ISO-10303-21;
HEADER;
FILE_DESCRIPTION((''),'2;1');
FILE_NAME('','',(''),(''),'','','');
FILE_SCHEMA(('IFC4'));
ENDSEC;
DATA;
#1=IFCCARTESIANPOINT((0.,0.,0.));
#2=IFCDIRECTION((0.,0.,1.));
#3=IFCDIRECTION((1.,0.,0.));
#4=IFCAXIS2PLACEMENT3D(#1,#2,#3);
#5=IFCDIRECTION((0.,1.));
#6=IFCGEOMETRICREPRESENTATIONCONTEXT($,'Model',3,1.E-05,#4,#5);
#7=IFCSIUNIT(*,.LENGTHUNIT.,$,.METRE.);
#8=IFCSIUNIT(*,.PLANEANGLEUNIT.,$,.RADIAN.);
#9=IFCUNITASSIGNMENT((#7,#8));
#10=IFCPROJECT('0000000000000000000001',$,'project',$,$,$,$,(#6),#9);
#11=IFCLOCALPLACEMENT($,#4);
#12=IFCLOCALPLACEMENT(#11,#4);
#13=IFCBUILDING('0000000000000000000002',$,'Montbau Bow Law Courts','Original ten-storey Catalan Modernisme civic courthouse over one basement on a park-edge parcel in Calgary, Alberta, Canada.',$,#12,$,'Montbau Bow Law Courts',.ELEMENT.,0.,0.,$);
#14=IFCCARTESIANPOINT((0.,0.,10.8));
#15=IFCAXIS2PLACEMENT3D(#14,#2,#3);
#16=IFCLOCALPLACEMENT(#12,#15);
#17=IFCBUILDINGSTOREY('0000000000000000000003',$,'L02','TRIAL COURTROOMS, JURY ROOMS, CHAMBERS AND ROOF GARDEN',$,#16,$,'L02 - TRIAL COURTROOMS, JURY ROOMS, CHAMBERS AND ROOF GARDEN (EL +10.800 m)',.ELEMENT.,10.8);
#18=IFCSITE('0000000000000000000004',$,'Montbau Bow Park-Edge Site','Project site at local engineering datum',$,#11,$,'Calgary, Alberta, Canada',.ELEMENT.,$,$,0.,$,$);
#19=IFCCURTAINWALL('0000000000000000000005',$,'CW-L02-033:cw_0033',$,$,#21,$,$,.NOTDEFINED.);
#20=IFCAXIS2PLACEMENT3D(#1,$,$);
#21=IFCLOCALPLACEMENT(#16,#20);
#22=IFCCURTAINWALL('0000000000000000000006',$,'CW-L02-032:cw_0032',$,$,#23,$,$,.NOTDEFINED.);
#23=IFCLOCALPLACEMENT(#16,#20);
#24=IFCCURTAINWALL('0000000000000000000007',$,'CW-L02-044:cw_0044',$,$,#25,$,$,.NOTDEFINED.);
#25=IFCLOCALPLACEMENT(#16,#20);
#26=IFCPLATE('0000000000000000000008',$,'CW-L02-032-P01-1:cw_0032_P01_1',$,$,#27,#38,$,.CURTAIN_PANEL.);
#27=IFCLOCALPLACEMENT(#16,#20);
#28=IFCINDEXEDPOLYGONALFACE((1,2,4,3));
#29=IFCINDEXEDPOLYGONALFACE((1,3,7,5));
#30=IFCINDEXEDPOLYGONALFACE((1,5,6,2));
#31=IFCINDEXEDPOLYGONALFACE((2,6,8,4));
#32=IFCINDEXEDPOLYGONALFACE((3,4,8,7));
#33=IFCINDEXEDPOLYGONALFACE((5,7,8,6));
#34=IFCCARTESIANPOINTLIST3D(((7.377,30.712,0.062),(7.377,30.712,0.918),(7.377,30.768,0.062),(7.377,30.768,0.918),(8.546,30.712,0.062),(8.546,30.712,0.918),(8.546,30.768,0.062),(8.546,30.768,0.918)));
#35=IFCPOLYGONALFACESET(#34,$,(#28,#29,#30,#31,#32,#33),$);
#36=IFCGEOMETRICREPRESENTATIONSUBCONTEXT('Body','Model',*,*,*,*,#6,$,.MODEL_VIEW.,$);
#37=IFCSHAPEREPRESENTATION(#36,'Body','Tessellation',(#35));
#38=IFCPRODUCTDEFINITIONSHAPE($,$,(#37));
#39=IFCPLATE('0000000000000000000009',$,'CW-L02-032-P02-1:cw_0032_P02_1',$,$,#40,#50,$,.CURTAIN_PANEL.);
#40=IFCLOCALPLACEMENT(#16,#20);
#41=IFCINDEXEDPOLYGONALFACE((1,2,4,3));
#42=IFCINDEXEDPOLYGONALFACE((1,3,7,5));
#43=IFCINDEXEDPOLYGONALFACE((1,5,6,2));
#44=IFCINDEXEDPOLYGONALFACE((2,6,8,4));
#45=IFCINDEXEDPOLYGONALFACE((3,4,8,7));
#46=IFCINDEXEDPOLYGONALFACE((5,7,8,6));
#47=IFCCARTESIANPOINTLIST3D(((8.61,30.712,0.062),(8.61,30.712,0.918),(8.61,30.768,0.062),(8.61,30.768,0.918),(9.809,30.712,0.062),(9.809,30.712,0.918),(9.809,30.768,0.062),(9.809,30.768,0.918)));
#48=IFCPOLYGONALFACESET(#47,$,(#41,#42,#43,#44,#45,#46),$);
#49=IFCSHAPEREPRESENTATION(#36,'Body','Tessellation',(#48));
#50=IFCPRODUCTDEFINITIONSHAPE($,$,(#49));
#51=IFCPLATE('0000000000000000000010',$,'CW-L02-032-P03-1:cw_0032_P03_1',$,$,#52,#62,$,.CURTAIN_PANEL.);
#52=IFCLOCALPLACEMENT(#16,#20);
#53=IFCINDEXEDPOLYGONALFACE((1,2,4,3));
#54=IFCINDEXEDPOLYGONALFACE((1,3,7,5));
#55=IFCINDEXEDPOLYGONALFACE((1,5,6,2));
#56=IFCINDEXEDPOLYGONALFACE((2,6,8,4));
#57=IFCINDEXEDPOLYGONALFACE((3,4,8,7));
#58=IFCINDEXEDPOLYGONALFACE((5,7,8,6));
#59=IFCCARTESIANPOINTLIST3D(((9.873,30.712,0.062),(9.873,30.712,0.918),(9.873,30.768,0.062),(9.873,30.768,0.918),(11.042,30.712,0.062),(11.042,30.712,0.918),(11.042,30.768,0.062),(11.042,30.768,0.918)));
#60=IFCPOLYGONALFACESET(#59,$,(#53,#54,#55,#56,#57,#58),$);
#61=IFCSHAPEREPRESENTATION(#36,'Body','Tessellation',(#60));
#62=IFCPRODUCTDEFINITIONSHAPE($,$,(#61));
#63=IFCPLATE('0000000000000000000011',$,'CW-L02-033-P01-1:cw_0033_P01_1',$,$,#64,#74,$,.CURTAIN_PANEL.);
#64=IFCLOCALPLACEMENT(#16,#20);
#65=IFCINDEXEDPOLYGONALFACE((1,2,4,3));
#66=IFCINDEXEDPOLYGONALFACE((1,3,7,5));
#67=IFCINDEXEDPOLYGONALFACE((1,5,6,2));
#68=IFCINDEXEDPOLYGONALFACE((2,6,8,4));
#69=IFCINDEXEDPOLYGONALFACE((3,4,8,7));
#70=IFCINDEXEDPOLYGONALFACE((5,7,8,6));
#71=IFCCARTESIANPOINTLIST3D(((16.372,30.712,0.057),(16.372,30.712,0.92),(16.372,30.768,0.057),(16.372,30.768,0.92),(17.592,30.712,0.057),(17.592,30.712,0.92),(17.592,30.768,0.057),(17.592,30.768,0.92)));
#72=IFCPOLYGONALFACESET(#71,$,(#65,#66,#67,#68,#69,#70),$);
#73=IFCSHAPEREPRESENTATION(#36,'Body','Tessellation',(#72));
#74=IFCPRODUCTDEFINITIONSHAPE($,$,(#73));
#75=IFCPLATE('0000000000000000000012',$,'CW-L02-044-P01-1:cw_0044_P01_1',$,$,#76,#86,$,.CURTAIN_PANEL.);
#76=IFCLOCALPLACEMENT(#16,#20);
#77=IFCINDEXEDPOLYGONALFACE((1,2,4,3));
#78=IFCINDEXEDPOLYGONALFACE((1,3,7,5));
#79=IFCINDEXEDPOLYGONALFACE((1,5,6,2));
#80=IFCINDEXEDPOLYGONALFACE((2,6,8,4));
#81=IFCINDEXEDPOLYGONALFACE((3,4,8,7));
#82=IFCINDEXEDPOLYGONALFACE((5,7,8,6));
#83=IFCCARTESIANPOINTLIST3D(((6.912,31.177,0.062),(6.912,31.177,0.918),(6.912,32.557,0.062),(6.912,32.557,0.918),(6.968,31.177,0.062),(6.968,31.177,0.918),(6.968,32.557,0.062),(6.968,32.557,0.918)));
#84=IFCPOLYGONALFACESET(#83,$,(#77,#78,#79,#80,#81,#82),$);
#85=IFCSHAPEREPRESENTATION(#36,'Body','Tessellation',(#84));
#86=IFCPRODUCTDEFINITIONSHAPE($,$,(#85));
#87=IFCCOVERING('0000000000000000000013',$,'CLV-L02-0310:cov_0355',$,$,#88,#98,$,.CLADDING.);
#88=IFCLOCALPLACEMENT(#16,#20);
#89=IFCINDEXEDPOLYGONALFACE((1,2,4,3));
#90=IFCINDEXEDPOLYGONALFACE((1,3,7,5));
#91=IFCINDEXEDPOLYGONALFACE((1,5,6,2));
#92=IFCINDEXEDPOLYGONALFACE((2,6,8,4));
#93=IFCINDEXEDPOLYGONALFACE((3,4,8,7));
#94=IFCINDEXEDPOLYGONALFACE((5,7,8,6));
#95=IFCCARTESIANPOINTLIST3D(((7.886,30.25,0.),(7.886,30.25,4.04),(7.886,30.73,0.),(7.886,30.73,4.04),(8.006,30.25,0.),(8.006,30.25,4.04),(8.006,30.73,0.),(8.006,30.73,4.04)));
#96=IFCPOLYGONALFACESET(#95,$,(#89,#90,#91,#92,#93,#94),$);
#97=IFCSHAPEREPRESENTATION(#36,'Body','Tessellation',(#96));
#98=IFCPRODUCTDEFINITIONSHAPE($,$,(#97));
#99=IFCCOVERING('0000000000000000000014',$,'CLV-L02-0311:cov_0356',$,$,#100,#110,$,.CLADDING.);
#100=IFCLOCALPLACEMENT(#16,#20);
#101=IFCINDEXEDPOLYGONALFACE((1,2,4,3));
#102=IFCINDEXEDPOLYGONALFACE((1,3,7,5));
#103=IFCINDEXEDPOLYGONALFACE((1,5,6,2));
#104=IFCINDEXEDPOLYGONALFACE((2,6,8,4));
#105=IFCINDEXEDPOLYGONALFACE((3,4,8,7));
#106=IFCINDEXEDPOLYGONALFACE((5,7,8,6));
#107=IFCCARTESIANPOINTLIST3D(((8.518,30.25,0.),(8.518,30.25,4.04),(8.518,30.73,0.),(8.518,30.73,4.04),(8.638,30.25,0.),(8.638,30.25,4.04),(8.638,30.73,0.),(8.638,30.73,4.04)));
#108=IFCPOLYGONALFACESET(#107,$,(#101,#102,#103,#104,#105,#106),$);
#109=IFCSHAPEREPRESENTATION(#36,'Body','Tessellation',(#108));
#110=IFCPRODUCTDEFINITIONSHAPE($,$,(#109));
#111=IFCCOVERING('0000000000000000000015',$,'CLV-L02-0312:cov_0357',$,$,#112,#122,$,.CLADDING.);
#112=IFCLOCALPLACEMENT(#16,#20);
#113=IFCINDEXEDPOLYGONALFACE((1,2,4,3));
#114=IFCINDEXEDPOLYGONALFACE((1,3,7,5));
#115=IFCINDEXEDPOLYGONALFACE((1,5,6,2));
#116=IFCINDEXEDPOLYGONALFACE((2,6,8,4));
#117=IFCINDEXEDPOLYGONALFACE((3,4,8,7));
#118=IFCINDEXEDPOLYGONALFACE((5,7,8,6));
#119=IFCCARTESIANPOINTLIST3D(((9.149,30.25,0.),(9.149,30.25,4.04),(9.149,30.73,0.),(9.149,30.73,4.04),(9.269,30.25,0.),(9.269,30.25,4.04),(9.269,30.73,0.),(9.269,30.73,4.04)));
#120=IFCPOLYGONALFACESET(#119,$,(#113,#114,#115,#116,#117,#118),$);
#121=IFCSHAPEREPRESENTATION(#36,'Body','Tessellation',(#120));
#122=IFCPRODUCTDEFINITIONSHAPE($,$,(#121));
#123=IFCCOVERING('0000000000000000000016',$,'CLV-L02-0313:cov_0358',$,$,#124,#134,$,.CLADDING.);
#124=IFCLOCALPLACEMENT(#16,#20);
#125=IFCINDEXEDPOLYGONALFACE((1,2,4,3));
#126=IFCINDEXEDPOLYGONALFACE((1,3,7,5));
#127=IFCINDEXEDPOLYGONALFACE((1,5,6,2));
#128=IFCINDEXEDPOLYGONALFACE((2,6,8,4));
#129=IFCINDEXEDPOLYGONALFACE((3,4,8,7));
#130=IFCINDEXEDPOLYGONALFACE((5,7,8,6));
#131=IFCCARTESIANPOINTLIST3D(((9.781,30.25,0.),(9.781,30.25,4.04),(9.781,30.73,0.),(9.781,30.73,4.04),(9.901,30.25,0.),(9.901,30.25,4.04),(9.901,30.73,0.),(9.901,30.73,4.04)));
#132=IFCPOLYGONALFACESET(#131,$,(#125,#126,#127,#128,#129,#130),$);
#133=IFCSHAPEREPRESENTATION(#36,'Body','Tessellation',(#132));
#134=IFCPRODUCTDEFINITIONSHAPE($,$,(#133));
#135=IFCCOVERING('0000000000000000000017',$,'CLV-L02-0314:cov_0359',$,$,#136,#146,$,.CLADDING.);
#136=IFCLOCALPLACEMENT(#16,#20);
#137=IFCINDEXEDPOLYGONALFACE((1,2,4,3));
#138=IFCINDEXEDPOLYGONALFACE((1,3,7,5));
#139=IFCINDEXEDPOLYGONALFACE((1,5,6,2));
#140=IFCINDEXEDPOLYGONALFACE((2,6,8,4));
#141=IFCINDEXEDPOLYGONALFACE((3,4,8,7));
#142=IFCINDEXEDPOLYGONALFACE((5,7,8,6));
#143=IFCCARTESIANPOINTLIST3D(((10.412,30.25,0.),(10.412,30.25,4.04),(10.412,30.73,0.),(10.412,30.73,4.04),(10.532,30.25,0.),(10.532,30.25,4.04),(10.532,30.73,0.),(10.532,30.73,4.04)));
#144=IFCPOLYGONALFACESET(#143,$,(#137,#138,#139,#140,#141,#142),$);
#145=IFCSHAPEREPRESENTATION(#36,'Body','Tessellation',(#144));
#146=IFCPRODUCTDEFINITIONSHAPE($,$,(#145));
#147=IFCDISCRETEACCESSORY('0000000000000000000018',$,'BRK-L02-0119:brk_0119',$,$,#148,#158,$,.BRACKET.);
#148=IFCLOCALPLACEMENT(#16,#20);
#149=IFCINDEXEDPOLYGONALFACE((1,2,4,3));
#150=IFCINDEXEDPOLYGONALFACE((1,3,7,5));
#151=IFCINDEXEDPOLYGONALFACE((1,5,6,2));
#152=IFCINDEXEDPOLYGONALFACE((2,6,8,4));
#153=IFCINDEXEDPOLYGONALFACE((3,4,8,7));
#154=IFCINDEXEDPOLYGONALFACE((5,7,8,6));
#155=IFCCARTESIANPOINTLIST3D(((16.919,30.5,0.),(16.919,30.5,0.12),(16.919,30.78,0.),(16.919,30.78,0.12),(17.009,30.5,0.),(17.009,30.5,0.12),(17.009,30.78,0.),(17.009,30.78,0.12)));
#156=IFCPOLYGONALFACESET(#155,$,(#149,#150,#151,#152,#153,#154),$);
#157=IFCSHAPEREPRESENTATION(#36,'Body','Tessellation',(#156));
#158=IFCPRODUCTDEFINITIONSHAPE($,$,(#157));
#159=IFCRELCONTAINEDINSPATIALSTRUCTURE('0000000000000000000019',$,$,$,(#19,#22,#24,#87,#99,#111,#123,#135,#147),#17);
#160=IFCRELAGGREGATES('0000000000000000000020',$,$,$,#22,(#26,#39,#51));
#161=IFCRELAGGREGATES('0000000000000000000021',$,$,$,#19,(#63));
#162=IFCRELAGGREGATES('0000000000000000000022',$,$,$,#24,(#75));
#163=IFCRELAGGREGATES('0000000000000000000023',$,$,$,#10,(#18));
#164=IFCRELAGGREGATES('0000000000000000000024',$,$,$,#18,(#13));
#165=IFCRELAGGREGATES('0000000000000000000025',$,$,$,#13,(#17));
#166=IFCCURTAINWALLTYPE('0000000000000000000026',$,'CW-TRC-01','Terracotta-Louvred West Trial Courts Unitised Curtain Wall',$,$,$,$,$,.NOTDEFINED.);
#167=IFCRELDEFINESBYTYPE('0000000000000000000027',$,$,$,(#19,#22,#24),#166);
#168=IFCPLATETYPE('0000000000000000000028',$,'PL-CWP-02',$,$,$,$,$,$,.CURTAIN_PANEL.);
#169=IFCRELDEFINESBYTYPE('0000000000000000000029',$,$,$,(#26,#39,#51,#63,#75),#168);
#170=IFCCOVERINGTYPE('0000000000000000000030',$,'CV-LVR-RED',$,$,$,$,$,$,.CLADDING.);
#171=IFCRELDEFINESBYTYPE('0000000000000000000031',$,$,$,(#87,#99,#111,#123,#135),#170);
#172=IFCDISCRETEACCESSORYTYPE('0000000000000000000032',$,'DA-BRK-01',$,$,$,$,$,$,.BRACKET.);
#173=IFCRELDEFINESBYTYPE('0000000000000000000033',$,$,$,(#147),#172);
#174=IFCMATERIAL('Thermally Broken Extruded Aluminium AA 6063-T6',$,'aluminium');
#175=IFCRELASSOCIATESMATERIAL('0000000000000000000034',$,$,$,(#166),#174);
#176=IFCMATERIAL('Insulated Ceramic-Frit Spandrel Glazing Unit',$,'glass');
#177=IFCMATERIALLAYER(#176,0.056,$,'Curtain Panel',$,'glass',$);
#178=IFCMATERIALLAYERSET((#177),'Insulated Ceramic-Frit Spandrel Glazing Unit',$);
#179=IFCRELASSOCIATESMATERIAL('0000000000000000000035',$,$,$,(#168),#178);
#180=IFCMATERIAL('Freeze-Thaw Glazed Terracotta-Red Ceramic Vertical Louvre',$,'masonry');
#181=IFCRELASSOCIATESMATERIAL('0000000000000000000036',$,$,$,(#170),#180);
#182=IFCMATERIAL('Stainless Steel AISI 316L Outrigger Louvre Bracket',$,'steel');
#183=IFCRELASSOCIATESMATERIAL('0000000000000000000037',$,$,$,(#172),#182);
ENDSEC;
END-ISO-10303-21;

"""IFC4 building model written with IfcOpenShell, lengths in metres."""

from ifc_helpers import new_model, si_unit, direction, frame, frame_2d, origin_with_axes, origin_2d_with_axis, place, context, subcontext, project, spatial, rectangle, extrude, material, layer, layer_set, type_object, element, aggregate, save


model = new_model("IFC4")

# Units and contexts
model_context = context("Model", 3, precision=1e-05, world=origin_with_axes(), true_north=direction((0.0, 1.0)))
body_context = subcontext(model_context, "Body", "Model", "MODEL_VIEW")
ifc_project = project(units=[si_unit("LENGTHUNIT", "METRE"), si_unit("PLANEANGLEUNIT", "RADIAN")], contexts=[model_context])

# Site, building, storey
site_placement = place(None, origin_with_axes())
site = spatial("IfcSite", under=ifc_project, at=site_placement, Name="Montbau Bow Park-Edge Site", Description="Project site at local engineering datum", LongName="Calgary, Alberta, Canada", CompositionType="ELEMENT", RefElevation=0.0)
building_placement = place(site_placement, origin_with_axes())
building = spatial("IfcBuilding", under=site, at=building_placement, Name="Montbau Bow Law Courts", Description="Original ten-storey Catalan Modernisme civic courthouse over one basement on a park-edge parcel in Calgary, Alberta, Canada.", LongName="Montbau Bow Law Courts", CompositionType="ELEMENT", ElevationOfRefHeight=0.0, ElevationOfTerrain=0.0)
storey_placement = place(building_placement, frame((0.0, 0.0, 10.8), z_axis=(0.0, 0.0, 1.0), x_axis=(1.0, 0.0, 0.0)))
storey = spatial("IfcBuildingStorey", under=building, at=storey_placement, Name="L02", Description="TRIAL COURTROOMS, JURY ROOMS, CHAMBERS AND ROOF GARDEN", LongName="L02 - TRIAL COURTROOMS, JURY ROOMS, CHAMBERS AND ROOF GARDEN (EL +10.800 m)", CompositionType="ELEMENT", Elevation=10.8)

# Curtain wall
ifc_material_1 = material(Name="Thermally Broken Extruded Aluminium AA 6063-T6", Category="aluminium")
curtain_wall_type = type_object("IfcCurtainWallType", Name="CW-TRC-01", Description="Terracotta-Louvred West Trial Courts Unitised Curtain Wall", PredefinedType="NOTDEFINED", material=ifc_material_1)
curtain_wall_1_placement = place(None, frame((16.296, 30.74, 10.8), z_axis=(0.0, 0.0, 1.0), x_axis=(1.0, 0.0, 0.0)))
curtain_wall_1 = element("IfcCurtainWall", 1, at=curtain_wall_1_placement, inside=storey, type_object=curtain_wall_type, Name="CW-L02-033:cw_0033", PredefinedType="NOTDEFINED")

# Curtain wall
curtain_wall_2_placement = place(None, frame((7.315, 30.74, 10.8), z_axis=(0.0, 0.0, 1.0), x_axis=(1.0, 0.0, 0.0)))
curtain_wall_2 = element("IfcCurtainWall", 2, at=curtain_wall_2_placement, inside=storey, type_object=curtain_wall_type, Name="CW-L02-032:cw_0032", PredefinedType="NOTDEFINED")

# Curtain wall
curtain_wall_3_placement = place(None, frame((6.94, 31.115, 10.8), z_axis=(0.0, 0.0, 1.0), x_axis=(1.0, 0.0, 0.0)))
curtain_wall_3 = element("IfcCurtainWall", 3, at=curtain_wall_3_placement, inside=storey, type_object=curtain_wall_type, Name="CW-L02-044:cw_0044", PredefinedType="NOTDEFINED")

# Plates
ifc_material_2 = material(Name="Insulated Ceramic-Frit Spandrel Glazing Unit", Category="glass")
ifc_layer_1 = layer(ifc_material_2, 0.056, Name="Curtain Panel", Category="glass")
ifc_layer_set_1 = layer_set([ifc_layer_1], Name="Insulated Ceramic-Frit Spandrel Glazing Unit")
plate_type_1 = type_object("IfcPlateType", Name="PL-CWP-02", PredefinedType="CURTAIN_PANEL", material=ifc_layer_set_1)
plate_1_placement = place(None, frame((7.377, 30.74, 10.862), z_axis=(0.0, -1.0, 0.0), x_axis=(1.0, 0.0, 0.0)))
plate_1 = element("IfcPlate", 4, at=plate_1_placement, type_object=plate_type_1, Name="CW-L02-032-P01-1:cw_0032_P01_1", PredefinedType="CURTAIN_PANEL", context=body_context, shape_type="SweptSolid", body=[
    extrude(rectangle(XDim=1.169, YDim=0.856, at=frame_2d((0.5845, 0.428), x_axis=(1.0, 0.0))), frame((0.0, 0.0, -0.028), z_axis=(0.0, 0.0, 1.0), x_axis=(1.0, 0.0, 0.0)), (0.0, 0.0, 1.0), 0.056),
])
plate_2_placement = place(None, frame((8.61, 30.74, 10.862), z_axis=(0.0, -1.0, 0.0), x_axis=(1.0, 0.0, 0.0)))
plate_2 = element("IfcPlate", 5, at=plate_2_placement, type_object=plate_type_1, Name="CW-L02-032-P02-1:cw_0032_P02_1", PredefinedType="CURTAIN_PANEL", context=body_context, shape_type="SweptSolid", body=[
    extrude(rectangle(XDim=1.199, YDim=0.856, at=frame_2d((0.5995, 0.428), x_axis=(1.0, 0.0))), frame((0.0, 0.0, -0.028), z_axis=(0.0, 0.0, 1.0), x_axis=(1.0, 0.0, 0.0)), (0.0, 0.0, 1.0), 0.056),
])
plate_3_placement = place(None, frame((9.873, 30.74, 10.862), z_axis=(0.0, -1.0, 0.0), x_axis=(1.0, 0.0, 0.0)))
plate_3 = element("IfcPlate", 6, at=plate_3_placement, type_object=plate_type_1, Name="CW-L02-032-P03-1:cw_0032_P03_1", PredefinedType="CURTAIN_PANEL", context=body_context, shape_type="SweptSolid", body=[
    extrude(rectangle(XDim=1.169, YDim=0.856, at=frame_2d((0.5845, 0.428), x_axis=(1.0, 0.0))), frame((0.0, 0.0, -0.028), z_axis=(0.0, 0.0, 1.0), x_axis=(1.0, 0.0, 0.0)), (0.0, 0.0, 1.0), 0.056),
])
aggregate(curtain_wall_2, [plate_1, plate_2, plate_3])
plate_4_placement = place(None, frame((16.372, 30.74, 10.857), z_axis=(0.0, -1.0, 0.0), x_axis=(1.0, 0.0, 0.0)))
plate_4 = element("IfcPlate", 7, at=plate_4_placement, type_object=plate_type_1, Name="CW-L02-033-P01-1:cw_0033_P01_1", PredefinedType="CURTAIN_PANEL", context=body_context, shape_type="SweptSolid", body=[
    extrude(rectangle(XDim=1.22, YDim=0.863, at=frame_2d((0.61, 0.4315), x_axis=(1.0, 0.0))), frame((0.0, 0.0, -0.028), z_axis=(0.0, 0.0, 1.0), x_axis=(1.0, 0.0, 0.0)), (0.0, 0.0, 1.0), 0.056),
])
aggregate(curtain_wall_1, [plate_4])
plate_5_placement = place(None, frame((6.94, 31.177, 10.862), z_axis=(1.0, 0.0, 0.0), x_axis=(0.0, 1.0, 0.0)))
plate_5 = element("IfcPlate", 8, at=plate_5_placement, type_object=plate_type_1, Name="CW-L02-044-P01-1:cw_0044_P01_1", PredefinedType="CURTAIN_PANEL", context=body_context, shape_type="SweptSolid", body=[
    extrude(rectangle(XDim=1.38, YDim=0.856, at=frame_2d((0.69, 0.428), x_axis=(1.0, 0.0))), frame((0.0, 0.0, -0.028), z_axis=(0.0, 0.0, 1.0), x_axis=(1.0, 0.0, 0.0)), (0.0, 0.0, 1.0), 0.056),
])
aggregate(curtain_wall_3, [plate_5])

# Coverings
ifc_material_3 = material(Name="Freeze-Thaw Glazed Terracotta-Red Ceramic Vertical Louvre", Category="masonry")
covering_type = type_object("IfcCoveringType", Name="CV-LVR-RED", PredefinedType="CLADDING", material=ifc_material_3)
for number, where, z_axis, x_axis, name in (
    (9, (7.946, 30.73, 10.8), (-1.0, 0.0, 0.0), (0.0, -1.0, 0.0), "CLV-L02-0310:cov_0355"),
    (10, (8.578, 30.73, 10.8), (-1.0, 0.0, 0.0), (0.0, -1.0, 0.0), "CLV-L02-0311:cov_0356"),
    (11, (9.209, 30.73, 10.8), (-1.0, 0.0, 0.0), (0.0, -1.0, 0.0), "CLV-L02-0312:cov_0357"),
    (12, (9.841, 30.73, 10.8), (-1.0, 0.0, 0.0), (0.0, -1.0, 0.0), "CLV-L02-0313:cov_0358"),
    (13, (10.472, 30.73, 10.8), (-1.0, 0.0, 0.0), (0.0, -1.0, 0.0), "CLV-L02-0314:cov_0359"),
):
    element("IfcCovering", number, at=place(None, frame(where, z_axis=z_axis, x_axis=x_axis)), inside=storey, type_object=covering_type, Name=name, PredefinedType="CLADDING", context=body_context, shape_type="SweptSolid", body=[
        extrude(rectangle(XDim=0.48, YDim=4.04, at=frame_2d((0.24, 2.02), x_axis=(1.0, 0.0))), frame((0.0, 0.0, -0.06), z_axis=(0.0, 0.0, 1.0), x_axis=(1.0, 0.0, 0.0)), (0.0, 0.0, 1.0), 0.12),
    ])

# Discrete accessory
ifc_material_4 = material(Name="Stainless Steel AISI 316L Outrigger Louvre Bracket", Category="steel")
discrete_accessory_type = type_object("IfcDiscreteAccessoryType", Name="DA-BRK-01", PredefinedType="BRACKET", material=ifc_material_4)
discrete_accessory_placement = place(None, frame((16.964, 30.64, 10.8), z_axis=(0.0, 0.0, 1.0), x_axis=(0.0, -1.0, 0.0)))
element("IfcDiscreteAccessory", 14, at=discrete_accessory_placement, inside=storey, type_object=discrete_accessory_type, Name="BRK-L02-0119:brk_0119", PredefinedType="BRACKET", context=body_context, shape_type="SweptSolid", body=[
    extrude(rectangle(XDim=0.28, YDim=0.09, at=origin_2d_with_axis()), origin_with_axes(), (0.0, 0.0, 1.0), 0.12),
])

save(model, "model.ifc")
